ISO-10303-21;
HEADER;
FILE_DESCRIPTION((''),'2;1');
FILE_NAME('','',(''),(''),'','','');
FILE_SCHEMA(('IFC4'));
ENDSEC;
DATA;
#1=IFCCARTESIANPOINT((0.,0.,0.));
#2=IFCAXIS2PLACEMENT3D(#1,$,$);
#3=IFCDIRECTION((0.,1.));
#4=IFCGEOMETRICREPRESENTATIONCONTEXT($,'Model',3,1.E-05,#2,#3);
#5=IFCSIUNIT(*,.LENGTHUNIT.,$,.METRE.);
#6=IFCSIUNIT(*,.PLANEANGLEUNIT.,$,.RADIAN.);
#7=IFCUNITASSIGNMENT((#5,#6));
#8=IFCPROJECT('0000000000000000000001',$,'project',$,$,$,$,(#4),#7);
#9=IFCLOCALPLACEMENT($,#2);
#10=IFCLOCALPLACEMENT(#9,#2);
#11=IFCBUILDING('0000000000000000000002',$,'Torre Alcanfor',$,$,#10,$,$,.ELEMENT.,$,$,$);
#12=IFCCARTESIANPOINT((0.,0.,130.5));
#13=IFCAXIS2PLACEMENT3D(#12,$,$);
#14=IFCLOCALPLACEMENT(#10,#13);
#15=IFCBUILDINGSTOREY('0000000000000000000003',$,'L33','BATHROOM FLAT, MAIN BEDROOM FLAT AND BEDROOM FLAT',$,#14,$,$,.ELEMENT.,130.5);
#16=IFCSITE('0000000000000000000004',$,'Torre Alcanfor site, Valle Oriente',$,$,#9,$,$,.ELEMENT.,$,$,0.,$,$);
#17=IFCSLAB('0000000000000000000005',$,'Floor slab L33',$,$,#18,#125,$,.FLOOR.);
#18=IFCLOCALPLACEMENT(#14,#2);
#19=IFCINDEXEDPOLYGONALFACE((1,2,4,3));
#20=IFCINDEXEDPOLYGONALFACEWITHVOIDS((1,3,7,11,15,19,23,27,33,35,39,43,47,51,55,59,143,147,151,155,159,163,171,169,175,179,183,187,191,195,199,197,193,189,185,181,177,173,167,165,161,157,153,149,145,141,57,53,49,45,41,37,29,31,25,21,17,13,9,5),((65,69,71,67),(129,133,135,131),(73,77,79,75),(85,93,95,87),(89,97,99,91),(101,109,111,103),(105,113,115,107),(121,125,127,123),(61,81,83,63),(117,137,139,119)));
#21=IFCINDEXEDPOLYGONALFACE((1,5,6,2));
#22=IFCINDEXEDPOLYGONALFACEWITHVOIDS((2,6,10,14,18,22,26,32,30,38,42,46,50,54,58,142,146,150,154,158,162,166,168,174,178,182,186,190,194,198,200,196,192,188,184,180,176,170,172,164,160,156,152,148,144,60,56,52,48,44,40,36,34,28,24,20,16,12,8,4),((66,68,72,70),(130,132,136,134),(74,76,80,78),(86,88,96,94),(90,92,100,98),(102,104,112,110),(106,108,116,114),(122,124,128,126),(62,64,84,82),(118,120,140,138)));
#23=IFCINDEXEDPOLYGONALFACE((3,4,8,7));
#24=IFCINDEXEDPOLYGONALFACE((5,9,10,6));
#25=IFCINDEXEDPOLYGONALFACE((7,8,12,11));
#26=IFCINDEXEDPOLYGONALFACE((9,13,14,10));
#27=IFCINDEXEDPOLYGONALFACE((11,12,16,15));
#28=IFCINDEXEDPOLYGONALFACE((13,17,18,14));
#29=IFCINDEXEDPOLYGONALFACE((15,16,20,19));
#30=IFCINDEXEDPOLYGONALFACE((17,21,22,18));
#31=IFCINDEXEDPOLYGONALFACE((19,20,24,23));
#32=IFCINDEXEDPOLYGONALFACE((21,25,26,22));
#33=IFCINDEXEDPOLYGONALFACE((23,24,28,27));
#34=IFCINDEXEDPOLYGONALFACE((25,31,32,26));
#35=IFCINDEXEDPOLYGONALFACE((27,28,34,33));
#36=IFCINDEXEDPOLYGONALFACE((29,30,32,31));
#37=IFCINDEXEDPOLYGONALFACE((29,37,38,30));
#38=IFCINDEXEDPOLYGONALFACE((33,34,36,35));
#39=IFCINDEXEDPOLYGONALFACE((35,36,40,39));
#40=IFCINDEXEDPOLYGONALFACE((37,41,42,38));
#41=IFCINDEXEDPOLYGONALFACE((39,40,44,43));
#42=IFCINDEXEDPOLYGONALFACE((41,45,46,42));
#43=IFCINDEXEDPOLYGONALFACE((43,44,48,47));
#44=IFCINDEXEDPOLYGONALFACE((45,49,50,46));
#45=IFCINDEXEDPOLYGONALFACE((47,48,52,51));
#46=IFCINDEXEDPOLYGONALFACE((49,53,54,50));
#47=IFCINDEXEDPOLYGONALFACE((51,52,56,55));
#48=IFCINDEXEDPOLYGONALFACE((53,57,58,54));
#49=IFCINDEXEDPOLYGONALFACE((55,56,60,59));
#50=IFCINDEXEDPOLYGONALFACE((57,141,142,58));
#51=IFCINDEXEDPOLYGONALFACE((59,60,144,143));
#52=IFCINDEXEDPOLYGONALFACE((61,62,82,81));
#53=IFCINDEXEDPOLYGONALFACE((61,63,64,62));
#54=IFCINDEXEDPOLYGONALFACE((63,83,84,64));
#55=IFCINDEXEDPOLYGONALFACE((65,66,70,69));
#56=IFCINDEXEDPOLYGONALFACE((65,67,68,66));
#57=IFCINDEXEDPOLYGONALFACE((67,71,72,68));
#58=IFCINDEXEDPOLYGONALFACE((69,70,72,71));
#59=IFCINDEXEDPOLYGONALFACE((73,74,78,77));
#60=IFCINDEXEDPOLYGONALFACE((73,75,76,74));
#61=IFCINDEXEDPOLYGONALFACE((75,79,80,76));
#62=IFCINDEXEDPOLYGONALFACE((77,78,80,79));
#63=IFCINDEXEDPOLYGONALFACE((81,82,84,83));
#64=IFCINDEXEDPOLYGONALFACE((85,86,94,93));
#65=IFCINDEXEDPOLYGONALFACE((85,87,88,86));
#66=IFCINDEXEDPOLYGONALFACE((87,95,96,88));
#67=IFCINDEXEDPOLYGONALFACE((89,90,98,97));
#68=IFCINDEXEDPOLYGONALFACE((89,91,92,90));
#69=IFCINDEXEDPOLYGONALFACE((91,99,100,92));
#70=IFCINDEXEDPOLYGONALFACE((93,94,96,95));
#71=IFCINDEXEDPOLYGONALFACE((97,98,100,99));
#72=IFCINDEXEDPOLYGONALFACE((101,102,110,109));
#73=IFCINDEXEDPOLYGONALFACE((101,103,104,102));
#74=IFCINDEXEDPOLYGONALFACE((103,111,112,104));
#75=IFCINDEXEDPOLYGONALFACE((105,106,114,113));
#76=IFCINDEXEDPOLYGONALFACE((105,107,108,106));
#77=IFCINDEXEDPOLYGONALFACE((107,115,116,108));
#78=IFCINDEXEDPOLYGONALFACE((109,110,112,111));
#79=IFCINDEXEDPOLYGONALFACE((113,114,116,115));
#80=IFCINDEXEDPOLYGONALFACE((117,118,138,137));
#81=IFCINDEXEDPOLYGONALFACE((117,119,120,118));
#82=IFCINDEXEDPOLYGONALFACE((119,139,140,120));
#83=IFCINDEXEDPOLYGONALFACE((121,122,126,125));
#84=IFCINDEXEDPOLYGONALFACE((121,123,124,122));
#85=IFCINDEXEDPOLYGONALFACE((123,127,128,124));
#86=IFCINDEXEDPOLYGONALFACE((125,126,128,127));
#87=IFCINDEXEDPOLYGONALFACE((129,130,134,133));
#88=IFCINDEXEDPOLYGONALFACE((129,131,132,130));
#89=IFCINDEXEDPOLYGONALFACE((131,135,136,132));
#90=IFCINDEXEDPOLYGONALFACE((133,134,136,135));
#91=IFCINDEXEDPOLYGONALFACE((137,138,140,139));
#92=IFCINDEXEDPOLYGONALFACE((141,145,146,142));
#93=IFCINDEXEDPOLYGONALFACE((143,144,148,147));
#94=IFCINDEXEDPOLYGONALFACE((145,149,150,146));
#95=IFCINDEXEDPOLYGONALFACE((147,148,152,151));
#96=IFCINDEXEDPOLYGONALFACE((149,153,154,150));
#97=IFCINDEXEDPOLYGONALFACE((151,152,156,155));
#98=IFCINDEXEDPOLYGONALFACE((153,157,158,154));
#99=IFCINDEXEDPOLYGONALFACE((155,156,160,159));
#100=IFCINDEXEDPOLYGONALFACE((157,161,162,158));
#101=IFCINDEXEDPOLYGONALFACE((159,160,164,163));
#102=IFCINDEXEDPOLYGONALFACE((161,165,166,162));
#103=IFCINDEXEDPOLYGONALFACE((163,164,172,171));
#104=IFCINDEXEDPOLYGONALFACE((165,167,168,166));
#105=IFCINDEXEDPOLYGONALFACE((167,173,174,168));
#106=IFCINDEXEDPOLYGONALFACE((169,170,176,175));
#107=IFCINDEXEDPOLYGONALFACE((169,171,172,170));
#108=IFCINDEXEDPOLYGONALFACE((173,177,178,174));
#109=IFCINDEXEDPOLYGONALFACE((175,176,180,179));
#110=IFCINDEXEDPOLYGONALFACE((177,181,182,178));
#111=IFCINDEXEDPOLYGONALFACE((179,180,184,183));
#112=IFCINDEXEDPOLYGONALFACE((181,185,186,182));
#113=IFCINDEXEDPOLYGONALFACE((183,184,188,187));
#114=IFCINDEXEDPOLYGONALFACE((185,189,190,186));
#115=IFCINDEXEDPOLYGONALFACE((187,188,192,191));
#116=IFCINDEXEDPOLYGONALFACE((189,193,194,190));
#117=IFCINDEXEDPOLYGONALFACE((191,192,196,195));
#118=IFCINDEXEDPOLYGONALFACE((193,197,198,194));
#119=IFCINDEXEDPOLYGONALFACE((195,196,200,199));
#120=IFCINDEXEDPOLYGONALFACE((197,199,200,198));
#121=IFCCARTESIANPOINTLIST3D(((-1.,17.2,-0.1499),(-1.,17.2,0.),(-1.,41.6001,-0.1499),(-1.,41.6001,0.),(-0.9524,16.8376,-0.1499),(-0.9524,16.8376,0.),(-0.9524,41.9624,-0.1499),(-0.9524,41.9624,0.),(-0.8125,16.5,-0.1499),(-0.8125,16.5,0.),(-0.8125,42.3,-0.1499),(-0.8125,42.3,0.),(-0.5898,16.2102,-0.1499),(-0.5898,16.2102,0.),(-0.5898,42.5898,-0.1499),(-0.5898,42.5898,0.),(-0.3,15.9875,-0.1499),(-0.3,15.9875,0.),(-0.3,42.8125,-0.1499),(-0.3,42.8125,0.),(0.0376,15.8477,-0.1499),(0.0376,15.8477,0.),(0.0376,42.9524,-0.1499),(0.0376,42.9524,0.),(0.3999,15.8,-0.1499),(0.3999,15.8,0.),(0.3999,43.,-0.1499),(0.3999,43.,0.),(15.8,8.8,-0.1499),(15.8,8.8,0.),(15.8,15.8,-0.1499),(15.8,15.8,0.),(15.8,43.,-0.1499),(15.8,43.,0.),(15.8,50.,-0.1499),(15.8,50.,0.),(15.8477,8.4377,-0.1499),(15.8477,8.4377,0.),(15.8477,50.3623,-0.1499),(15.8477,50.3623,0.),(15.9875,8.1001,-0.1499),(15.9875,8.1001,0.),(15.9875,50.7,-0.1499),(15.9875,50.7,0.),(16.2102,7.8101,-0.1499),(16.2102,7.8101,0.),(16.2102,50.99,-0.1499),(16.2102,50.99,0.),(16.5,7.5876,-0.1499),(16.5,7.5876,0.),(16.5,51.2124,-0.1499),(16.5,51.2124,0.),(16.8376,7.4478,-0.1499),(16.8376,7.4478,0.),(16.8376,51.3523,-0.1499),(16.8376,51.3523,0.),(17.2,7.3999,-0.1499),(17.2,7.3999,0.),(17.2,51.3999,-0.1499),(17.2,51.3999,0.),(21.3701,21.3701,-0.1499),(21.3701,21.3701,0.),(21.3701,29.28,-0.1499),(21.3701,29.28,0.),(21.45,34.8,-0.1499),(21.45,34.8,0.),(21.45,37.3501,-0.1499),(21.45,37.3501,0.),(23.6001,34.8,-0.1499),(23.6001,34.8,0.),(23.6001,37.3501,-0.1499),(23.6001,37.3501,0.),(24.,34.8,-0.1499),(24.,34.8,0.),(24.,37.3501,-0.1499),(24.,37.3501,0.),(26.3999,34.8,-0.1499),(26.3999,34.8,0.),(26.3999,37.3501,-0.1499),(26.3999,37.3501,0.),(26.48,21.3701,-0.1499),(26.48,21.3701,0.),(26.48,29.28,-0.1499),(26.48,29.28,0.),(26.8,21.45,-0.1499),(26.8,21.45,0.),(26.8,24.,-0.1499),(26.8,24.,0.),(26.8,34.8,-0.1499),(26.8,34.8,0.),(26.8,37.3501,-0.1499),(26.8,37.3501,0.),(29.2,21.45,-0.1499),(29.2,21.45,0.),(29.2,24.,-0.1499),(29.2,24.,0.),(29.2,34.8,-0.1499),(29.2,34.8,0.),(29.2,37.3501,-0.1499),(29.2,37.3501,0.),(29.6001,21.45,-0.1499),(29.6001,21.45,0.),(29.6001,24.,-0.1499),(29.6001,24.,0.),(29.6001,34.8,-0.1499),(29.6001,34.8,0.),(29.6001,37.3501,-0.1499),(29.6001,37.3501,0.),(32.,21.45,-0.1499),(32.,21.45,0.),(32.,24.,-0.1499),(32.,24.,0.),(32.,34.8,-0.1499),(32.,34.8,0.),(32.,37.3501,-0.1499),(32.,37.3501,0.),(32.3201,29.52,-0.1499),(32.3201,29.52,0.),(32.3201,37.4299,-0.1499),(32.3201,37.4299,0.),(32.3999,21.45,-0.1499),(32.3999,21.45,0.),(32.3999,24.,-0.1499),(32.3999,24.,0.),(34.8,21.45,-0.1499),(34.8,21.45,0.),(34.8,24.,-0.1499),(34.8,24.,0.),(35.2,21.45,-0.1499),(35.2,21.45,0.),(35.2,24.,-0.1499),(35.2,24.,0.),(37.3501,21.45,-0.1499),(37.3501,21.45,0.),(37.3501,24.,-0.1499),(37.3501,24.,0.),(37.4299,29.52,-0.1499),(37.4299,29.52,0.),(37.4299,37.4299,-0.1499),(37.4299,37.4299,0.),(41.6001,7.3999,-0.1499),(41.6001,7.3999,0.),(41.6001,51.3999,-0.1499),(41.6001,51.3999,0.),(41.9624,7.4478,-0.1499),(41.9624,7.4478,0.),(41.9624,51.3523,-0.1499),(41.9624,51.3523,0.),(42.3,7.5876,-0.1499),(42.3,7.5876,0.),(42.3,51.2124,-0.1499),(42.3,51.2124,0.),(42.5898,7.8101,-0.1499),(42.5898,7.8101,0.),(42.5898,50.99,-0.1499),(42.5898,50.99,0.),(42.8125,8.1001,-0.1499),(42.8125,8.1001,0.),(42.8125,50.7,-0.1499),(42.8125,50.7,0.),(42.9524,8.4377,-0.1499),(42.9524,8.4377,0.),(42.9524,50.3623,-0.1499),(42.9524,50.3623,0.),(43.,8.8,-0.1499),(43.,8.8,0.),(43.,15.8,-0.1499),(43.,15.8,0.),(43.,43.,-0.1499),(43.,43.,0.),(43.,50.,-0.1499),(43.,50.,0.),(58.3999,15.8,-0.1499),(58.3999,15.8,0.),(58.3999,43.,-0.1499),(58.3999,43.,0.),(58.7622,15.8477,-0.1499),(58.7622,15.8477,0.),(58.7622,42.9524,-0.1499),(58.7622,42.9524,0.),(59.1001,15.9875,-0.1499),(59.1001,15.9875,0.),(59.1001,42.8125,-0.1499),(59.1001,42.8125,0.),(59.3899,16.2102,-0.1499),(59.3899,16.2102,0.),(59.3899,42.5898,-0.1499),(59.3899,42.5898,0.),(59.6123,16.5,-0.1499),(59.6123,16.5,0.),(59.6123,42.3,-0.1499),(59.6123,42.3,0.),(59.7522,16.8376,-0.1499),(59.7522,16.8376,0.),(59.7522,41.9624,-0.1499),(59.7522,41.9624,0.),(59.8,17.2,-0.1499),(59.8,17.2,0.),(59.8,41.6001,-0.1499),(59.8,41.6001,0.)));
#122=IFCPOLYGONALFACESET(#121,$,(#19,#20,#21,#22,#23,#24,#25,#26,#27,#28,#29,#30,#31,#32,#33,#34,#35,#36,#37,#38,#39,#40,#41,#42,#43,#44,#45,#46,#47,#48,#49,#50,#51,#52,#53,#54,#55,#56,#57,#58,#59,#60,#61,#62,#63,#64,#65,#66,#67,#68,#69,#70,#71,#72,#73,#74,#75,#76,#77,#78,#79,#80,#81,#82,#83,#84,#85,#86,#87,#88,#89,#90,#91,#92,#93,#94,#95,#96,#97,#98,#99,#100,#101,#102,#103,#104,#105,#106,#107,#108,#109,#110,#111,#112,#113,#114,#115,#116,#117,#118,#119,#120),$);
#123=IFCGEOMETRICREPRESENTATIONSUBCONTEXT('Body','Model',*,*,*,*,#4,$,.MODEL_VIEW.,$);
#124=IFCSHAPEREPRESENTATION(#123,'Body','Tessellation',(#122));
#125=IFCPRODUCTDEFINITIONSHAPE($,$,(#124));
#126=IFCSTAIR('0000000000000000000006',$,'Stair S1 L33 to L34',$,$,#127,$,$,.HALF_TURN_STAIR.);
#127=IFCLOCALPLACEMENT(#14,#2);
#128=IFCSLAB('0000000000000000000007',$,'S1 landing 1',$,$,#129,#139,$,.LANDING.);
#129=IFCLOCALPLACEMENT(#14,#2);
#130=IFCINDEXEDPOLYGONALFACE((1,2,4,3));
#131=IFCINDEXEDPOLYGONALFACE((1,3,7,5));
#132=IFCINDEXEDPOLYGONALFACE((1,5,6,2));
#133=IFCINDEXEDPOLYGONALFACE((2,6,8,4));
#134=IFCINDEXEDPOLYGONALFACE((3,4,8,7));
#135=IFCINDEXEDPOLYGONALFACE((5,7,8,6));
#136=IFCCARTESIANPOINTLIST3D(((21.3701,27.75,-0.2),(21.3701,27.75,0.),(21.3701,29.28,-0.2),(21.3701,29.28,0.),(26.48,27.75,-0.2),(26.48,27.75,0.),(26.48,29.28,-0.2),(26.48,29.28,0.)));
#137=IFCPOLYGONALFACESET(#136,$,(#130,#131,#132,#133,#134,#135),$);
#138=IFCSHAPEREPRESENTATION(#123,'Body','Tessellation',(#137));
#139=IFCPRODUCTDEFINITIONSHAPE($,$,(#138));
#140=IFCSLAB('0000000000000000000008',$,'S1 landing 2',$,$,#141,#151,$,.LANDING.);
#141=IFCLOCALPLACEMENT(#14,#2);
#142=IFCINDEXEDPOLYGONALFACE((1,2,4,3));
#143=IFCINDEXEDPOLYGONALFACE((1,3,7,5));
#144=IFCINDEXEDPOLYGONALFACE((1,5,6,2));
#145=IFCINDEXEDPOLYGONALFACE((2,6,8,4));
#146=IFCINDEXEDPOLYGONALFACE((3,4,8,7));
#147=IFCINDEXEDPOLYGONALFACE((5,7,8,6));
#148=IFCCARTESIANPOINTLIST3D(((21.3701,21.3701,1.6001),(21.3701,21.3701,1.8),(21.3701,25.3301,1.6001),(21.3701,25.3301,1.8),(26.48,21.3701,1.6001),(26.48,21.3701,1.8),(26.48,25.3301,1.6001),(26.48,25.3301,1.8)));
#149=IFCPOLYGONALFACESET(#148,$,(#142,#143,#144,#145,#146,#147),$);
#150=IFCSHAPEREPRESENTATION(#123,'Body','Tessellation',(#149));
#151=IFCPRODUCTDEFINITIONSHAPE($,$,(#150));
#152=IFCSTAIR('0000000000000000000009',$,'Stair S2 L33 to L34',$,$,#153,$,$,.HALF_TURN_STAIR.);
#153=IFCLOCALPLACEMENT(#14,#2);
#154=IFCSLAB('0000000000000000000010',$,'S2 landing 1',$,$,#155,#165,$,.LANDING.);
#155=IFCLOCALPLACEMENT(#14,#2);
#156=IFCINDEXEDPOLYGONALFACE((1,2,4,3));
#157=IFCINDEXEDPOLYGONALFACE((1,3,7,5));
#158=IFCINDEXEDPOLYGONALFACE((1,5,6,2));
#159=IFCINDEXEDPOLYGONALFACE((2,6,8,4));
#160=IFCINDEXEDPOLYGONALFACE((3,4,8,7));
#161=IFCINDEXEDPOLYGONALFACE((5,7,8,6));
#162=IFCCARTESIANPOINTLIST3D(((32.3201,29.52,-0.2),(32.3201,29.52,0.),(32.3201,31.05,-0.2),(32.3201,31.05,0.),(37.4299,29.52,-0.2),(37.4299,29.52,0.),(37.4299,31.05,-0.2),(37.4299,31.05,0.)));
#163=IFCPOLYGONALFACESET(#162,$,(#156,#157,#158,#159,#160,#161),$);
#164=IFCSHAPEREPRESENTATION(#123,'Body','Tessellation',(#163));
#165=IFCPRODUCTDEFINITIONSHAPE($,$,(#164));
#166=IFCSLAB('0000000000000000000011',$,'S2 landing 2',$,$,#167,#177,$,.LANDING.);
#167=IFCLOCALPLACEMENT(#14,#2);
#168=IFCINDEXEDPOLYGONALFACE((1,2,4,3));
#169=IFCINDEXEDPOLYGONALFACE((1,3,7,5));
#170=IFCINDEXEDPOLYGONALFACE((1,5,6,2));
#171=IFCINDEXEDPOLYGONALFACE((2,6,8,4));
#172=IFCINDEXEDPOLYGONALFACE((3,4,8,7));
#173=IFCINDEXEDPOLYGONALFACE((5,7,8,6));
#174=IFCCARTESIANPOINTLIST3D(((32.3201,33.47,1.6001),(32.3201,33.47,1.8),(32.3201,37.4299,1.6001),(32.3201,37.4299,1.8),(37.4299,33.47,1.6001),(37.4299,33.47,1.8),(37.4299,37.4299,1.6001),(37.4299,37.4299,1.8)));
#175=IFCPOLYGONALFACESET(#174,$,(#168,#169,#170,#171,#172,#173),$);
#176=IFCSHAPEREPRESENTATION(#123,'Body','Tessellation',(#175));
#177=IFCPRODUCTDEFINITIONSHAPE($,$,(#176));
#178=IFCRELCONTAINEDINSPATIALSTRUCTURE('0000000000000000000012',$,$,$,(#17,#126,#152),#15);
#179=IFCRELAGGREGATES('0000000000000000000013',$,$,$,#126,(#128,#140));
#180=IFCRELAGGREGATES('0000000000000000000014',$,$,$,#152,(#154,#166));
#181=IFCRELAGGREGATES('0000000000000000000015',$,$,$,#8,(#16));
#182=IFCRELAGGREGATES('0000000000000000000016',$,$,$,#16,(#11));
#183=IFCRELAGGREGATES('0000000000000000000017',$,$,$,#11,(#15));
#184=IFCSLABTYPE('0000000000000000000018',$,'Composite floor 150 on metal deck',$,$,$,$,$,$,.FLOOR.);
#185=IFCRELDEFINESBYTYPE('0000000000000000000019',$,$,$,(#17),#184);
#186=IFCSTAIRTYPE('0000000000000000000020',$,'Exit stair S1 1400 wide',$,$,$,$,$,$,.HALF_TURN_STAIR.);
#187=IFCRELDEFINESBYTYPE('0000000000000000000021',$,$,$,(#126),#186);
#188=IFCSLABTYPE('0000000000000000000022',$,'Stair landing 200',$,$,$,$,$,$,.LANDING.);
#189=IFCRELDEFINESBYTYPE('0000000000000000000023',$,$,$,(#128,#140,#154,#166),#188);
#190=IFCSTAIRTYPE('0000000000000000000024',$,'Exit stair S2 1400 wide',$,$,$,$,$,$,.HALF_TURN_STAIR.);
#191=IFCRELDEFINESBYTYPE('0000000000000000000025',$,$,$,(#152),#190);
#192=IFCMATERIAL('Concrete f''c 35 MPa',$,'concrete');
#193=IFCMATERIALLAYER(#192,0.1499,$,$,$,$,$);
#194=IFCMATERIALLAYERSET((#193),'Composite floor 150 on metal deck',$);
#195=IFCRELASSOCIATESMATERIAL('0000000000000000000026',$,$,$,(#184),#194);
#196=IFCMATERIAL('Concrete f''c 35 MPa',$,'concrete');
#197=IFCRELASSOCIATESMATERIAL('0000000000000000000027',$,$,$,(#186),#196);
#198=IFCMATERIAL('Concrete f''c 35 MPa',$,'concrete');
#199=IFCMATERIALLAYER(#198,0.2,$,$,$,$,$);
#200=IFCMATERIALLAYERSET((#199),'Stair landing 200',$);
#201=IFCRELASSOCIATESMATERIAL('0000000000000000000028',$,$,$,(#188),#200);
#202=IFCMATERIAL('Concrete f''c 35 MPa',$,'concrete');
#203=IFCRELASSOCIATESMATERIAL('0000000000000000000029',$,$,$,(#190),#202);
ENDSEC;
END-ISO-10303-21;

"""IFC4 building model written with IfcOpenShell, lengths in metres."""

from ifc_helpers import new_model, si_unit, direction, frame, origin, place, context, subcontext, project, spatial, polyline, outline, extrude, material, layer, layer_set, type_object, element, aggregate, save


model = new_model("IFC4")

# Units and contexts
model_context = context("Model", 3, precision=1e-05, world=origin(), true_north=direction((0.0, 1.0)))
body_context = subcontext(model_context, "Body", "Model", "MODEL_VIEW")
ifc_project = project(units=[si_unit("LENGTHUNIT", "METRE"), si_unit("PLANEANGLEUNIT", "RADIAN")], contexts=[model_context])

# Site, building, storey
site_placement = place(None, origin())
site = spatial("IfcSite", under=ifc_project, at=site_placement, Name="Torre Alcanfor site, Valle Oriente", CompositionType="ELEMENT", RefElevation=0.0)
building_placement = place(site_placement, origin())
building = spatial("IfcBuilding", under=site, at=building_placement, Name="Torre Alcanfor", CompositionType="ELEMENT")
storey_placement = place(building_placement, frame((0.0, 0.0, 130.5)))
storey = spatial("IfcBuildingStorey", under=building, at=storey_placement, Name="L33", Description="BATHROOM FLAT, MAIN BEDROOM FLAT AND BEDROOM FLAT", CompositionType="ELEMENT", Elevation=130.5)

# Slab
ifc_material_1 = material(Name="Concrete f'c 35 MPa", Category="concrete")
ifc_layer_1 = layer(ifc_material_1, 0.1499)
ifc_layer_set_1 = layer_set([ifc_layer_1], Name="Composite floor 150 on metal deck")
slab_type_1 = type_object("IfcSlabType", Name="Composite floor 150 on metal deck", PredefinedType="FLOOR", material=ifc_layer_set_1)
slab_1_placement = place(storey_placement, frame((0.0, 0.0, -0.1499)))
element("IfcSlab", 1, at=slab_1_placement, inside=storey, type_object=slab_type_1, Name="Floor slab L33", PredefinedType="FLOOR", context=body_context, shape_type="SweptSolid", body=[
    extrude(outline(polyline([(15.8, 43.0), (0.3999, 43.0), (0.0376, 42.9524), (-0.3, 42.8125), (-0.5898, 42.5898), (-0.8125, 42.3), (-0.9524, 41.9624), (-1.0, 41.6001), (-1.0, 17.2), (-0.9524, 16.8376), (-0.8125, 16.5), (-0.5898, 16.2102), (-0.3, 15.9875), (0.0376, 15.8477), (0.3999, 15.8), (15.8, 15.8), (15.8, 8.8), (15.8477, 8.4377), (15.9875, 8.1001), (16.2102, 7.8101), (16.5, 7.5876), (16.8376, 7.4478), (17.2, 7.3999), (41.6001, 7.3999), (41.9624, 7.4478), (42.3, 7.5876), (42.5898, 7.8101), (42.8125, 8.1001), (42.9524, 8.4377), (43.0, 8.8), (43.0, 15.8), (58.3999, 15.8), (58.7622, 15.8477), (59.1001, 15.9875), (59.3899, 16.2102), (59.6123, 16.5), (59.7522, 16.8376), (59.8, 17.2), (59.8, 41.6001), (59.7522, 41.9624), (59.6123, 42.3), (59.3899, 42.5898), (59.1001, 42.8125), (58.7622, 42.9524), (58.3999, 43.0), (43.0, 43.0), (43.0, 50.0), (42.9524, 50.3623), (42.8125, 50.7), (42.5898, 50.99), (42.3, 51.2124), (41.9624, 51.3523), (41.6001, 51.3999), (17.2, 51.3999), (16.8376, 51.3523), (16.5, 51.2124), (16.2102, 50.99), (15.9875, 50.7), (15.8477, 50.3623), (15.8, 50.0), (15.8, 43.0)]), holes=[polyline([(21.3701, 21.3701), (26.48, 21.3701), (26.48, 29.28), (21.3701, 29.28), (21.3701, 21.3701)]), polyline([(32.3201, 29.52), (37.4299, 29.52), (37.4299, 37.4299), (32.3201, 37.4299), (32.3201, 29.52)]), polyline([(26.8, 21.45), (29.2, 21.45), (29.2, 24.0), (26.8, 24.0), (26.8, 21.45)]), polyline([(29.6001, 21.45), (32.0, 21.45), (32.0, 24.0), (29.6001, 24.0), (29.6001, 21.45)]), polyline([(32.3999, 21.45), (34.8, 21.45), (34.8, 24.0), (32.3999, 24.0), (32.3999, 21.45)]), polyline([(35.2, 21.45), (37.3501, 21.45), (37.3501, 24.0), (35.2, 24.0), (35.2, 21.45)]), polyline([(21.45, 34.8), (23.6001, 34.8), (23.6001, 37.3501), (21.45, 37.3501), (21.45, 34.8)]), polyline([(24.0, 34.8), (26.3999, 34.8), (26.3999, 37.3501), (24.0, 37.3501), (24.0, 34.8)]), polyline([(26.8, 34.8), (29.2, 34.8), (29.2, 37.3501), (26.8, 37.3501), (26.8, 34.8)]), polyline([(29.6001, 34.8), (32.0, 34.8), (32.0, 37.3501), (29.6001, 37.3501), (29.6001, 34.8)])]), origin(), (0.0, 0.0, 1.0), 0.1499),
])

# Stairs, slabs
ifc_material_2 = material(Name="Concrete f'c 35 MPa", Category="concrete")
stair_type_1 = type_object("IfcStairType", Name="Exit stair S1 1400 wide", PredefinedType="HALF_TURN_STAIR", material=ifc_material_2)
stair_1_placement = place(storey_placement, origin())
stair_1 = element("IfcStair", 2, at=stair_1_placement, inside=storey, type_object=stair_type_1, Name="Stair S1 L33 to L34", PredefinedType="HALF_TURN_STAIR")
ifc_material_3 = material(Name="Concrete f'c 35 MPa", Category="concrete")
ifc_layer_2 = layer(ifc_material_3, 0.2)
ifc_layer_set_2 = layer_set([ifc_layer_2], Name="Stair landing 200")
slab_type_2 = type_object("IfcSlabType", Name="Stair landing 200", PredefinedType="LANDING", material=ifc_layer_set_2)
slab_2_placement = place(storey_placement, frame((0.0, 0.0, -0.2)))
slab_2 = element("IfcSlab", 3, at=slab_2_placement, type_object=slab_type_2, Name="S1 landing 1", PredefinedType="LANDING", context=body_context, shape_type="SweptSolid", body=[
    extrude(outline(polyline([(21.3701, 27.75), (26.48, 27.75), (26.48, 29.28), (21.3701, 29.28), (21.3701, 27.75)])), origin(), (0.0, 0.0, 1.0), 0.2),
])
slab_3_placement = place(storey_placement, frame((0.0, 0.0, 1.6001)))
slab_3 = element("IfcSlab", 4, at=slab_3_placement, type_object=slab_type_2, Name="S1 landing 2", PredefinedType="LANDING", context=body_context, shape_type="SweptSolid", body=[
    extrude(outline(polyline([(21.3701, 21.3701), (26.48, 21.3701), (26.48, 25.3301), (21.3701, 25.3301), (21.3701, 21.3701)])), origin(), (0.0, 0.0, 1.0), 0.2),
])
aggregate(stair_1, [slab_2, slab_3])
ifc_material_4 = material(Name="Concrete f'c 35 MPa", Category="concrete")
stair_type_2 = type_object("IfcStairType", Name="Exit stair S2 1400 wide", PredefinedType="HALF_TURN_STAIR", material=ifc_material_4)
stair_2_placement = place(storey_placement, origin())
stair_2 = element("IfcStair", 5, at=stair_2_placement, inside=storey, type_object=stair_type_2, Name="Stair S2 L33 to L34", PredefinedType="HALF_TURN_STAIR")
slab_4_placement = place(storey_placement, frame((0.0, 0.0, -0.2)))
slab_4 = element("IfcSlab", 6, at=slab_4_placement, type_object=slab_type_2, Name="S2 landing 1", PredefinedType="LANDING", context=body_context, shape_type="SweptSolid", body=[
    extrude(outline(polyline([(32.3201, 29.52), (37.4299, 29.52), (37.4299, 31.05), (32.3201, 31.05), (32.3201, 29.52)])), origin(), (0.0, 0.0, 1.0), 0.2),
])
slab_5_placement = place(storey_placement, frame((0.0, 0.0, 1.6001)))
slab_5 = element("IfcSlab", 7, at=slab_5_placement, type_object=slab_type_2, Name="S2 landing 2", PredefinedType="LANDING", context=body_context, shape_type="SweptSolid", body=[
    extrude(outline(polyline([(32.3201, 33.47), (37.4299, 33.47), (37.4299, 37.4299), (32.3201, 37.4299), (32.3201, 33.47)])), origin(), (0.0, 0.0, 1.0), 0.2),
])
aggregate(stair_2, [slab_4, slab_5])

save(model, "model.ifc")
